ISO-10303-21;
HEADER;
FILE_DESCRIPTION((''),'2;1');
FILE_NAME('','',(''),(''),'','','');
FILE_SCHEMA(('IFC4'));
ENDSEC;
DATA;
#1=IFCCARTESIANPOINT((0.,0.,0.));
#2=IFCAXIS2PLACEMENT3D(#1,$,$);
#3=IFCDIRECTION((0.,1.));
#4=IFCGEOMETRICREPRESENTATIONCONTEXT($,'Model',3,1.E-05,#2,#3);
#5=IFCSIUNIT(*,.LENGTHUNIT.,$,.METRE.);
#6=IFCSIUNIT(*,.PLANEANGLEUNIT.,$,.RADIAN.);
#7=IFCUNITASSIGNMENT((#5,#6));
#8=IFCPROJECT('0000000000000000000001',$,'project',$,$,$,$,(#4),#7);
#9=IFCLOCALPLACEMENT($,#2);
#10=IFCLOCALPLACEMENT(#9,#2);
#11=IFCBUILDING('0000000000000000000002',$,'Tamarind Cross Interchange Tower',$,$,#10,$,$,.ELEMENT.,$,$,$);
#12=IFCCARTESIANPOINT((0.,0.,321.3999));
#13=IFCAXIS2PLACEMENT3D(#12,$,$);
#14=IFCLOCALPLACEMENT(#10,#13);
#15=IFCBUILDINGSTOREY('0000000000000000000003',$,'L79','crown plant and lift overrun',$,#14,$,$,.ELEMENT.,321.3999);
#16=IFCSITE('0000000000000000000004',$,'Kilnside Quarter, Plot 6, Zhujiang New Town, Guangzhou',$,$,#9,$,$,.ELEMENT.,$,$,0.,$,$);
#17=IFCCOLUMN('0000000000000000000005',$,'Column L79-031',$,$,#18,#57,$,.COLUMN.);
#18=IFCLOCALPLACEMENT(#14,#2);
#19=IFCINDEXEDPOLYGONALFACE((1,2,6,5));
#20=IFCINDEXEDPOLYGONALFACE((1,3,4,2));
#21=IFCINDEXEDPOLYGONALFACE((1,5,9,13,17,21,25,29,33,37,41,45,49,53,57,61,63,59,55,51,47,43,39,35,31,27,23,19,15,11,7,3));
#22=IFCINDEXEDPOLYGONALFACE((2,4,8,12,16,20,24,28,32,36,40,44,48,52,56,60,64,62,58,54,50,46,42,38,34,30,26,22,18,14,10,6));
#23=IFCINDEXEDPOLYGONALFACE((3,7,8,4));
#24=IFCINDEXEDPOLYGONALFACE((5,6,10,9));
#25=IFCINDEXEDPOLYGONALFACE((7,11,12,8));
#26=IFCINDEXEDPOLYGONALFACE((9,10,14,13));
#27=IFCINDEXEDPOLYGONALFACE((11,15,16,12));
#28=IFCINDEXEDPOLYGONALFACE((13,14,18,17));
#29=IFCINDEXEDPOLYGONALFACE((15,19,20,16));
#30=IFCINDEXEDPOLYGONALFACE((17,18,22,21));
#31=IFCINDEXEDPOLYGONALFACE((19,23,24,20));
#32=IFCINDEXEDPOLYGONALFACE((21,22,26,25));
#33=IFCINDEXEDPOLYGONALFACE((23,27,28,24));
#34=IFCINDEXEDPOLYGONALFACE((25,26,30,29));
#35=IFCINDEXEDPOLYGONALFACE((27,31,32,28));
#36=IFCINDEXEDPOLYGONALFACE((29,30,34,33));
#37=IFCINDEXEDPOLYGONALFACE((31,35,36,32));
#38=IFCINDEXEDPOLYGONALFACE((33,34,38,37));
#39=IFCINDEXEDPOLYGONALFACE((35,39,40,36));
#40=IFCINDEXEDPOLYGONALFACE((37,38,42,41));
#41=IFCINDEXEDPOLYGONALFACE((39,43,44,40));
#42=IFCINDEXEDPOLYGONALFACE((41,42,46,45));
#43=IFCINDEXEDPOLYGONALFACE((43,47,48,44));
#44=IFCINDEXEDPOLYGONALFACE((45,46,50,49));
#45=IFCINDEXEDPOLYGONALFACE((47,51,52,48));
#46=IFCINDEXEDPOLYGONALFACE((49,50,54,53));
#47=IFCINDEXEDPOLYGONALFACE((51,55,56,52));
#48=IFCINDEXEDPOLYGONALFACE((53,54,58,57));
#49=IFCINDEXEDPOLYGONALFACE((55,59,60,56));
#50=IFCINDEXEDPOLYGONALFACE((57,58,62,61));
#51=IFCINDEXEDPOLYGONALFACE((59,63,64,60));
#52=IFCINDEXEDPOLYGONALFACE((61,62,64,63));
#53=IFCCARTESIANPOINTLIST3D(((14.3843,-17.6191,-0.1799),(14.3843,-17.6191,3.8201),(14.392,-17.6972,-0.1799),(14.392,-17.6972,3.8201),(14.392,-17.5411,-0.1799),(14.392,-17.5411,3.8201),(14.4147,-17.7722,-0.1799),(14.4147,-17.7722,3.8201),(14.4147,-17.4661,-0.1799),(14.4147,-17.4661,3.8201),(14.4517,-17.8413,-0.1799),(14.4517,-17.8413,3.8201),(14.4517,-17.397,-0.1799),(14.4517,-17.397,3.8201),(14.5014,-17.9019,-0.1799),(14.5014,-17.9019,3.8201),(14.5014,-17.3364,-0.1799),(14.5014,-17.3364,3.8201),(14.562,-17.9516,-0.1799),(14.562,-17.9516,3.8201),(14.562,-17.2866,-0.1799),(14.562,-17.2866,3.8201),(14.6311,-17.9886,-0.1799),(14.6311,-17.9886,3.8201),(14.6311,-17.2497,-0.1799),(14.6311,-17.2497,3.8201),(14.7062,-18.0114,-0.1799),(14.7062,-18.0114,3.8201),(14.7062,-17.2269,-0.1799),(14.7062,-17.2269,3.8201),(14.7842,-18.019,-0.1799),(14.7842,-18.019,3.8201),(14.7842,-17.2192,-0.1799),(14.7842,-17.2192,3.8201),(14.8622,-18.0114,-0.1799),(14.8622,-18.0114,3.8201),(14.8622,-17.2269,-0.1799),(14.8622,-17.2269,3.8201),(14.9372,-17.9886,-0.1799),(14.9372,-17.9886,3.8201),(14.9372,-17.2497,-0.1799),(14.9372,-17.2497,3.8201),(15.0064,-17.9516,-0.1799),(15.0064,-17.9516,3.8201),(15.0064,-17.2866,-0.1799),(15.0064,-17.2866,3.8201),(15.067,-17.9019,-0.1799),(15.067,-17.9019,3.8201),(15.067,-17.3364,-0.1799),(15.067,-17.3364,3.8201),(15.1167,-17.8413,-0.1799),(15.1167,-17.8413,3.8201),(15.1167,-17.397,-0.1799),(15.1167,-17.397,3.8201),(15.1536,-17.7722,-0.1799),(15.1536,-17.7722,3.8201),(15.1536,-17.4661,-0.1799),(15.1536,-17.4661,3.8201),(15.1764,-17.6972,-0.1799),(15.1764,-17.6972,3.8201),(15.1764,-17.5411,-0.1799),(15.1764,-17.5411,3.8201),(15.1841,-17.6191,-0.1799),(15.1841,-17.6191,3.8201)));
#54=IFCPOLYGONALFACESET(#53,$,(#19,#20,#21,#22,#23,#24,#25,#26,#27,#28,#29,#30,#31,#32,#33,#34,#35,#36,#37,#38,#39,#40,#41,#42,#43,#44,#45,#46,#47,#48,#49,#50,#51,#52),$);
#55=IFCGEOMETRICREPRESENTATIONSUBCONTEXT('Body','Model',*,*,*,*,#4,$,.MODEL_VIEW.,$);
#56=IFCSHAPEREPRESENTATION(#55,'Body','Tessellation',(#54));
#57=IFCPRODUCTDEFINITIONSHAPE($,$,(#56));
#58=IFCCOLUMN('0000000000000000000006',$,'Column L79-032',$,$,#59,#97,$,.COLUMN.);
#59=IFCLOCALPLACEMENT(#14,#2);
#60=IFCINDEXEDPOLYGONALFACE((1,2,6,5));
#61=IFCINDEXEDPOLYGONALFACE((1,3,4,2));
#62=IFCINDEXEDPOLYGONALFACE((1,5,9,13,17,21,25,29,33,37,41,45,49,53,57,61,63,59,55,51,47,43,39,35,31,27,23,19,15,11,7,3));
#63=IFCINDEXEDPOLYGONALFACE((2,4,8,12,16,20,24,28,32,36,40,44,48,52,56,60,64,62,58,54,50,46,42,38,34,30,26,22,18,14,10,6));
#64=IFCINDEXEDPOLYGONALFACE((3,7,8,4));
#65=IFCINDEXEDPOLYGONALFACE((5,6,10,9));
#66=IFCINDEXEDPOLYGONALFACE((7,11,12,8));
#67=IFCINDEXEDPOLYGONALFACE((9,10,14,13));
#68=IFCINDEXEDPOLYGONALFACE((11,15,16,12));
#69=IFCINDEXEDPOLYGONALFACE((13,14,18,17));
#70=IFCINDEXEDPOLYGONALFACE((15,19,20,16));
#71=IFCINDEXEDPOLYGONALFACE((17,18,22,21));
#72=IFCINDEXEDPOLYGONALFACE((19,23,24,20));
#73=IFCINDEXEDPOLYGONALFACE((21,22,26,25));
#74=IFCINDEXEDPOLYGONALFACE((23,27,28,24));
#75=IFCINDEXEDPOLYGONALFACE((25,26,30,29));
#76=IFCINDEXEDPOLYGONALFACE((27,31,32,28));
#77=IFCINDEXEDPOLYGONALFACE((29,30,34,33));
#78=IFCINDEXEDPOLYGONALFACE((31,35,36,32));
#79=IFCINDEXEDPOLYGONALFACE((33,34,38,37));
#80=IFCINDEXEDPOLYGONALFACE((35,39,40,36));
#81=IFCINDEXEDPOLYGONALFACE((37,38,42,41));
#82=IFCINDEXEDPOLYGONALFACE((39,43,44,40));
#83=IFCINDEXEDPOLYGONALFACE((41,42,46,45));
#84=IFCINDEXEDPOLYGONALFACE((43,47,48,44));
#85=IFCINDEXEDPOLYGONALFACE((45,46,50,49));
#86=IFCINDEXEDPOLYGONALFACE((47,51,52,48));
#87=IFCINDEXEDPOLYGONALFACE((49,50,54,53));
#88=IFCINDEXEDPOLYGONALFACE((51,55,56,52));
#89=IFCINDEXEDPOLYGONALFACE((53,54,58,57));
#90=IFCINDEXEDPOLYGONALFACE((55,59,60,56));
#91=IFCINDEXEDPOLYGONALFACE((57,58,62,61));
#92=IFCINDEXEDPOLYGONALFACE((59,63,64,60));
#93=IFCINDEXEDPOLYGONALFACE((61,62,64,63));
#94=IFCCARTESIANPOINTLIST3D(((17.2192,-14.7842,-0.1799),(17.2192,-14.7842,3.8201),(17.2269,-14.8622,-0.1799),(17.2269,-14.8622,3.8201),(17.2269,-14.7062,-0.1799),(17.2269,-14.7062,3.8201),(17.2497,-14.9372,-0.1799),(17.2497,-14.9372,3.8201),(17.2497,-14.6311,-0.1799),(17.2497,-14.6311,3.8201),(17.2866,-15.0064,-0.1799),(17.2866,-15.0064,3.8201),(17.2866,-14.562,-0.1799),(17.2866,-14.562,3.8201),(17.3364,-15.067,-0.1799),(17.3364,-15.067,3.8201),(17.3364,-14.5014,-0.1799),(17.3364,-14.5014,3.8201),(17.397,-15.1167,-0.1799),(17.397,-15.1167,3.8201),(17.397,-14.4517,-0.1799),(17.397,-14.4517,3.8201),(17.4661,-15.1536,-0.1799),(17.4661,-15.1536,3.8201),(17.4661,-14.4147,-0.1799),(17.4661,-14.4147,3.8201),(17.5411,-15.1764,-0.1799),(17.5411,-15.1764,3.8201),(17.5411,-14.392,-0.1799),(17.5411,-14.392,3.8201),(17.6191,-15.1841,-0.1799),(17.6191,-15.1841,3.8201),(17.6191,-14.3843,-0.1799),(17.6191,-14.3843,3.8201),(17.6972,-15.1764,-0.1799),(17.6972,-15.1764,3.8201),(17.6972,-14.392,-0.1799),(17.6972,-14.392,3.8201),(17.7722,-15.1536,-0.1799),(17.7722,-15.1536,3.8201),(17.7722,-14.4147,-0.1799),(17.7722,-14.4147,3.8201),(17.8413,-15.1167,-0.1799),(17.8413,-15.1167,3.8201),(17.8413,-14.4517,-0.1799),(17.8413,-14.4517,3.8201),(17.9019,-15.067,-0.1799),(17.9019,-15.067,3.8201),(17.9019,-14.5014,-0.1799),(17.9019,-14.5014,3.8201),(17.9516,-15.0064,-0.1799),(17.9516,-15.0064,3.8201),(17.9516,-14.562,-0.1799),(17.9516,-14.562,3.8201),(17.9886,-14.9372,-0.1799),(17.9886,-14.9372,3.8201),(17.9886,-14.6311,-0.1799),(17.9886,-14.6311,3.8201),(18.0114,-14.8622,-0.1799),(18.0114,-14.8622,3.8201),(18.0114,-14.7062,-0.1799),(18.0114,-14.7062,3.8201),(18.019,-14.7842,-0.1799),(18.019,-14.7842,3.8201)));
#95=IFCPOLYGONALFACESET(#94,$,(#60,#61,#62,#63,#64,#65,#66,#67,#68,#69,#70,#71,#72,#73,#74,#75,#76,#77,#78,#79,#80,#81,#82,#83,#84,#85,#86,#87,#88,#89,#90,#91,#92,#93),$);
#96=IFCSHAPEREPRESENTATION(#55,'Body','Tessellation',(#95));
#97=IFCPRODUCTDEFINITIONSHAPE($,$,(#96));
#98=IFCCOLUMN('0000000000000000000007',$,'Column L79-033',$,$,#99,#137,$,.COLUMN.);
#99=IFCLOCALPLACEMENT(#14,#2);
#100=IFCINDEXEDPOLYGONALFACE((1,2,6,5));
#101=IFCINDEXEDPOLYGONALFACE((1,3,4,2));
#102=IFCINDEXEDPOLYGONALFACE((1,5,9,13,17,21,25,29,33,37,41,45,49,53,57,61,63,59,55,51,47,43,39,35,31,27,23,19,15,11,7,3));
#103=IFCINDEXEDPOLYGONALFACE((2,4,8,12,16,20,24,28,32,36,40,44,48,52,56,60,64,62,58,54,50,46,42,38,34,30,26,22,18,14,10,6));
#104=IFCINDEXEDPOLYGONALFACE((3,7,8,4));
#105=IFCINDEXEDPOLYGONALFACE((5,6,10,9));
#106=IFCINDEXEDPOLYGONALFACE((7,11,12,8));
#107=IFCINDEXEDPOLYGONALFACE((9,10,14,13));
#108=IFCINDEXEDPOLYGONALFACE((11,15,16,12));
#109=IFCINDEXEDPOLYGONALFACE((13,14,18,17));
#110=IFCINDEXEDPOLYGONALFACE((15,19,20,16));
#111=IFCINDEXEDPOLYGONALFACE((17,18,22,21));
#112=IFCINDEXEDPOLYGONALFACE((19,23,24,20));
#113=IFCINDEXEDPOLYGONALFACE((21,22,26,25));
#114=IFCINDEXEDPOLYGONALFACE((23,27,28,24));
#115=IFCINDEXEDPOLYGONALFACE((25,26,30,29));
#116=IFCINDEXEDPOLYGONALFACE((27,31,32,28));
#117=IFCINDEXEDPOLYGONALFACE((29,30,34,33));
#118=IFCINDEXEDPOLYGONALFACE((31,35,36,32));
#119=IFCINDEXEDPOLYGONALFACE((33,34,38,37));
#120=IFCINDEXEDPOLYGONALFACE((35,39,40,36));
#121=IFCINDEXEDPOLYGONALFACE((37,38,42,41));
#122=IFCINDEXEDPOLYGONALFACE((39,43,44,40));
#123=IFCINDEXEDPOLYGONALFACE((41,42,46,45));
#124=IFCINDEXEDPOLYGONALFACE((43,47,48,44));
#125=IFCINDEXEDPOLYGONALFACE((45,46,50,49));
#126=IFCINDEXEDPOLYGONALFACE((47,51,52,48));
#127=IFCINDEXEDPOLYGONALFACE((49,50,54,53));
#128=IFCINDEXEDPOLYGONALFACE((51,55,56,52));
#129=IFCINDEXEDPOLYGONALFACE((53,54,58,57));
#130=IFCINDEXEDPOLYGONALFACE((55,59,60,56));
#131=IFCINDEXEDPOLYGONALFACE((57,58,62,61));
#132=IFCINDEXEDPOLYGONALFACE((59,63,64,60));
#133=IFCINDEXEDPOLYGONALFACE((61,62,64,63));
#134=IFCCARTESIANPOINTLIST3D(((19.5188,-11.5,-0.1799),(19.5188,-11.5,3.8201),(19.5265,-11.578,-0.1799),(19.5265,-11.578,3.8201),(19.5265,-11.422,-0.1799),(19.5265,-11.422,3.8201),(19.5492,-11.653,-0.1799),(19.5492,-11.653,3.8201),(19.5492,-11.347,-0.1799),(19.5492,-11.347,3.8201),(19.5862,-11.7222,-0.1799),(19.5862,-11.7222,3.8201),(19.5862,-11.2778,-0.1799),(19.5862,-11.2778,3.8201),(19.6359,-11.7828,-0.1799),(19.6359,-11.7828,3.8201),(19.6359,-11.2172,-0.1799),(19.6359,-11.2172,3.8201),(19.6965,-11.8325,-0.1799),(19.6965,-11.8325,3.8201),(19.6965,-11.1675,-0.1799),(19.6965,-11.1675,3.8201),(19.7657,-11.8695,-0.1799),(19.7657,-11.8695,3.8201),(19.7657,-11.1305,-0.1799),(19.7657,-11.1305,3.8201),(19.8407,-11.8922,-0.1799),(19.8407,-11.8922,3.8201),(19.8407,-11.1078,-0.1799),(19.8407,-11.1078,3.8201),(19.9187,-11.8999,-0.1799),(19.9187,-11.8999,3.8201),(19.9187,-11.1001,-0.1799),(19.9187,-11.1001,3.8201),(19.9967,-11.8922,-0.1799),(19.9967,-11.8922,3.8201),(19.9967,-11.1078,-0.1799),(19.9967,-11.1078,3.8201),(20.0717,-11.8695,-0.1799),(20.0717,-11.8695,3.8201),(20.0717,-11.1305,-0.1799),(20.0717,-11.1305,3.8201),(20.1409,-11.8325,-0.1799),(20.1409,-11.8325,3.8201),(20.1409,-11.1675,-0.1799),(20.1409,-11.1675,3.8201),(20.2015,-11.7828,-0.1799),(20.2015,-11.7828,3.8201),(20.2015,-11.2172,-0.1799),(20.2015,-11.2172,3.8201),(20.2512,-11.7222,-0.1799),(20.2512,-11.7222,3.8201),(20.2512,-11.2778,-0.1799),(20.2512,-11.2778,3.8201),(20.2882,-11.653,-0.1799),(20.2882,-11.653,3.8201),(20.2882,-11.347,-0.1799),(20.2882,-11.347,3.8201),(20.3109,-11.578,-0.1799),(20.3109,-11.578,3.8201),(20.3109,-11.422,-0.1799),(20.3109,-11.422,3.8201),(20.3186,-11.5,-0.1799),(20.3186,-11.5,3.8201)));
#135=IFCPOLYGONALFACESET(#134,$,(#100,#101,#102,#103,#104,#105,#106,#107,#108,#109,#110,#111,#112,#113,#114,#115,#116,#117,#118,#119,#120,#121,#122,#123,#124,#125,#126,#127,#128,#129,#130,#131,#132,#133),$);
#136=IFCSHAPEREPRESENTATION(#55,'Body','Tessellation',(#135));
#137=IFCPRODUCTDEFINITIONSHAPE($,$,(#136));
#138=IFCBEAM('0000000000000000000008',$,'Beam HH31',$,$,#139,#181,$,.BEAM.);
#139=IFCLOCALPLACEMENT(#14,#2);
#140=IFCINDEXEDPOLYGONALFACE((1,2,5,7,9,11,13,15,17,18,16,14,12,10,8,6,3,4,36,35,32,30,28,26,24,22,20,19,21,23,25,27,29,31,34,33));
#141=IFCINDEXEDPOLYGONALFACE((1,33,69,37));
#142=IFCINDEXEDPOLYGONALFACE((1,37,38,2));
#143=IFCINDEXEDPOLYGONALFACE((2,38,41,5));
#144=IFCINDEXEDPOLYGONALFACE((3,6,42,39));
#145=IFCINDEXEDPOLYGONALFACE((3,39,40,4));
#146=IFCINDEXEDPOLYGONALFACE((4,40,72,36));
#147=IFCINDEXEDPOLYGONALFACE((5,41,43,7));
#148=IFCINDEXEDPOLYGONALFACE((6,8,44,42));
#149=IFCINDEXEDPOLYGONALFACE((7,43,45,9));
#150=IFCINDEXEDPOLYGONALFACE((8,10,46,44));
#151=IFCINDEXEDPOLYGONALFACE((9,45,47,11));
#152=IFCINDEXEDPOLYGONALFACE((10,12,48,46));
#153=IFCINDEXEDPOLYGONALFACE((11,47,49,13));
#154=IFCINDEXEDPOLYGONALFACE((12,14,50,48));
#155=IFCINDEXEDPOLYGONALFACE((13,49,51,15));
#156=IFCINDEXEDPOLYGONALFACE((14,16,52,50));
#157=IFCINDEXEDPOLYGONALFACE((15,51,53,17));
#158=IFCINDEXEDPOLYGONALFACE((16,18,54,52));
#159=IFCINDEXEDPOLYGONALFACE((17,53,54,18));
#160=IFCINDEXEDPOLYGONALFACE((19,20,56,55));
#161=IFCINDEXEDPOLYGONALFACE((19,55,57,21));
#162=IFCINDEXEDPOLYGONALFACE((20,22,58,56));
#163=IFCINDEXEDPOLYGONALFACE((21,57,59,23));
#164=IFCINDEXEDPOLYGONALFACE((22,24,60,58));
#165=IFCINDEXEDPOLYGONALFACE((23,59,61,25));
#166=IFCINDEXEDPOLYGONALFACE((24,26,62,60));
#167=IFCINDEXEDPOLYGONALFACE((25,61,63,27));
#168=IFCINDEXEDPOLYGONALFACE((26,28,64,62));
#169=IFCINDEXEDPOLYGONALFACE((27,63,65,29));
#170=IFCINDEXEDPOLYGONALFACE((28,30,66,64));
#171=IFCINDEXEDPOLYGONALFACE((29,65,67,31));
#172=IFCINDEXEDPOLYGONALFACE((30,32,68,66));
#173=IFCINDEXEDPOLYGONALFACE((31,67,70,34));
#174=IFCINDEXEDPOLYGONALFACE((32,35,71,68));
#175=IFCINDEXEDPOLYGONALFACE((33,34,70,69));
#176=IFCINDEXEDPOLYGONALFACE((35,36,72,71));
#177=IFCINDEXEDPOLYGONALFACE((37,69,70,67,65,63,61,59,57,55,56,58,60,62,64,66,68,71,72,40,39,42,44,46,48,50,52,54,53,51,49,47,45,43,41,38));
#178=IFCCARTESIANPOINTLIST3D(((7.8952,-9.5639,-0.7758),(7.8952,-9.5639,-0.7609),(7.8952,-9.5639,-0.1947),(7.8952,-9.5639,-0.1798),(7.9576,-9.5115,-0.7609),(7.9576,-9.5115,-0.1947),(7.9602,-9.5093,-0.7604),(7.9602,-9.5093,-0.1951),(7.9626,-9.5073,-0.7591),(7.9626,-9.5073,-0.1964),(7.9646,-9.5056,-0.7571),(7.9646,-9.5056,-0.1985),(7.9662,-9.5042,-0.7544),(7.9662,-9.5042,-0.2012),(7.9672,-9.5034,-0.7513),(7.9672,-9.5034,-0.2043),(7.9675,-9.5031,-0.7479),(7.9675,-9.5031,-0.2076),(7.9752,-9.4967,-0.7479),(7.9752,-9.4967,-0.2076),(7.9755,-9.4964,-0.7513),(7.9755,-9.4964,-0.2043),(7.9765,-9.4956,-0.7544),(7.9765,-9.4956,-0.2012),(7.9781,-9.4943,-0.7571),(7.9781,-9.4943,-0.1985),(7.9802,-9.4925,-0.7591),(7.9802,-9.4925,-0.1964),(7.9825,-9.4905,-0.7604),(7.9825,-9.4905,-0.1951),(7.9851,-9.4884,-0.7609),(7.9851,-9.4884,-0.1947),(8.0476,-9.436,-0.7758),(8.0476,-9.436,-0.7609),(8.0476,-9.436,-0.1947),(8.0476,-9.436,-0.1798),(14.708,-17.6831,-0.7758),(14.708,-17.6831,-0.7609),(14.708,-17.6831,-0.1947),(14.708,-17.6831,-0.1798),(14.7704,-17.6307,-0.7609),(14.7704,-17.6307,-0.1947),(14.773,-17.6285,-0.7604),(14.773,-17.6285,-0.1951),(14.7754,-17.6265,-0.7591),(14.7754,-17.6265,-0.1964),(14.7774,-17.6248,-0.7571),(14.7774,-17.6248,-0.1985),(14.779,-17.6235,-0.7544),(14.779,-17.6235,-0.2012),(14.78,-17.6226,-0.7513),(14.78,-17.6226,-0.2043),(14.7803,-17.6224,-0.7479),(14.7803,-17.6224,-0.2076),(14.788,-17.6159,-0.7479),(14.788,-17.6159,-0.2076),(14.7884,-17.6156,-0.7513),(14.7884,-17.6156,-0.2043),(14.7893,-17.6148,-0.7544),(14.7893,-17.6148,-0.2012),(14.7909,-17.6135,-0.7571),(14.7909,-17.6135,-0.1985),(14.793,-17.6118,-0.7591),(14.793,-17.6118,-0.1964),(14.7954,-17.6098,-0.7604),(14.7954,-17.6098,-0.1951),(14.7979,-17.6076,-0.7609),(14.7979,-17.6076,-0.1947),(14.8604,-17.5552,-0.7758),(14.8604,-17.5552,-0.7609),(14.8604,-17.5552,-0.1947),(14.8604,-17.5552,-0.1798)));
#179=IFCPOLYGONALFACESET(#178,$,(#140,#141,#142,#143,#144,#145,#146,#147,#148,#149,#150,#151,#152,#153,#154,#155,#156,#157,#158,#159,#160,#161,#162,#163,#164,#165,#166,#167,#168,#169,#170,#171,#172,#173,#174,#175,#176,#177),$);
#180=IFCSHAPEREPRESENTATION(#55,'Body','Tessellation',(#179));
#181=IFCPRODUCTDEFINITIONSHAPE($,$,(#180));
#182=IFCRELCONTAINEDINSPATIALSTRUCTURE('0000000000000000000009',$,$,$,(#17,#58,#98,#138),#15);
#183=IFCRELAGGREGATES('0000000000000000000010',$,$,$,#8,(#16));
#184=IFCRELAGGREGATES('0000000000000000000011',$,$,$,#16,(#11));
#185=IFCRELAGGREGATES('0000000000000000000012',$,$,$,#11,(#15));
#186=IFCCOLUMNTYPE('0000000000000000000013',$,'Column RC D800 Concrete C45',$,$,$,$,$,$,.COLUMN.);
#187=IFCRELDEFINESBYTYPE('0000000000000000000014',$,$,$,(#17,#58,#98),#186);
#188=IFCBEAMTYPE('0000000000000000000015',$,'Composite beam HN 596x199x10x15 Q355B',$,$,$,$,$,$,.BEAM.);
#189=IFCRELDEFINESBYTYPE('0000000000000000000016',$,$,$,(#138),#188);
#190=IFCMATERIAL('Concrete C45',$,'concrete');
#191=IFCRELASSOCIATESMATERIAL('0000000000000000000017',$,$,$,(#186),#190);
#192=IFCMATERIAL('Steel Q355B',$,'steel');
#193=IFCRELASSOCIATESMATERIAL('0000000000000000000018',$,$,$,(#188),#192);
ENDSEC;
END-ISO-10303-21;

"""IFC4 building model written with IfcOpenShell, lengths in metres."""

from ifc_helpers import new_model, si_unit, direction, frame, origin, origin_2d, place, context, subcontext, project, spatial, circle, i_section, extrude, material, material_profile, profile_set, type_object, element, save


model = new_model("IFC4")

# Units and contexts
model_context = context("Model", 3, precision=1e-05, world=origin(), true_north=direction((0.0, 1.0)))
body_context = subcontext(model_context, "Body", "Model", "MODEL_VIEW")
ifc_project = project(units=[si_unit("LENGTHUNIT", "METRE"), si_unit("PLANEANGLEUNIT", "RADIAN")], contexts=[model_context])

# Site, building, storey
site_placement = place(None, origin())
site = spatial("IfcSite", under=ifc_project, at=site_placement, Name="Kilnside Quarter, Plot 6, Zhujiang New Town, Guangzhou", CompositionType="ELEMENT", RefElevation=0.0)
building_placement = place(site_placement, origin())
building = spatial("IfcBuilding", under=site, at=building_placement, Name="Tamarind Cross Interchange Tower", CompositionType="ELEMENT")
storey_placement = place(building_placement, frame((0.0, 0.0, 321.3999)))
storey = spatial("IfcBuildingStorey", under=building, at=storey_placement, Name="L79", Description="crown plant and lift overrun", CompositionType="ELEMENT", Elevation=321.3999)

# Columns
ifc_material_1 = material(Name="Concrete C45", Category="concrete")
ifc_material_profile_1 = material_profile(ifc_material_1, circle(Radius=0.3999, at=origin_2d()), Name="RC D800")
ifc_profile_set_1 = profile_set([ifc_material_profile_1], Name="Concrete C45")
column_type = type_object("IfcColumnType", Name="Column RC D800 Concrete C45", PredefinedType="COLUMN", material=ifc_profile_set_1)
for number, where, z_axis, x_axis, name in (
    (1, (14.7842, -17.6191, -0.1799), (0.0, 0.0, 1.0), (1.0, 0.0, 0.0), "Column L79-031"),
    (2, (17.6191, -14.7842, -0.1799), (0.0, 0.0, 1.0), (1.0, 0.0, 0.0), "Column L79-032"),
    (3, (19.9187, -11.5, -0.1799), (0.0, 0.0, 1.0), (1.0, 0.0, 0.0), "Column L79-033"),
):
    element("IfcColumn", number, at=place(storey_placement, frame(where, z_axis=z_axis, x_axis=x_axis)), inside=storey, type_object=column_type, Name=name, PredefinedType="COLUMN", context=body_context, shape_type="SweptSolid", body=[
        extrude(circle(Radius=0.3999, at=origin_2d()), origin(), (0.0, 0.0, 1.0), 4.0),
    ])

# Beam
ifc_material_2 = material(Name="Steel Q355B", Category="steel")
ifc_material_profile_2 = material_profile(ifc_material_2, i_section(OverallWidth=0.199, OverallDepth=0.5959, WebThickness=0.01, FlangeThickness=0.0149, FilletRadius=0.0129, at=origin_2d()), Name="HN 596x199x10x15")
ifc_profile_set_2 = profile_set([ifc_material_profile_2], Name="Steel Q355B")
beam_type = type_object("IfcBeamType", Name="Composite beam HN 596x199x10x15 Q355B", PredefinedType="BEAM", material=ifc_profile_set_2)
beam_1_placement = place(storey_placement, frame((14.7842, -17.6191, -0.4778), z_axis=(-0.642786, 0.766046, 0.0), x_axis=(-0.766046, -0.642786, 0.0)))
element("IfcBeam", 4, at=beam_1_placement, inside=storey, type_object=beam_type, Name="Beam HH31", PredefinedType="BEAM", context=body_context, shape_type="SweptSolid", body=[
    extrude(i_section(OverallWidth=0.199, OverallDepth=0.5959, WebThickness=0.01, FlangeThickness=0.0149, FilletRadius=0.0129, at=origin_2d()), origin(), (0.0, 0.0, 1.0), 10.5989),
])

save(model, "model.ifc")
